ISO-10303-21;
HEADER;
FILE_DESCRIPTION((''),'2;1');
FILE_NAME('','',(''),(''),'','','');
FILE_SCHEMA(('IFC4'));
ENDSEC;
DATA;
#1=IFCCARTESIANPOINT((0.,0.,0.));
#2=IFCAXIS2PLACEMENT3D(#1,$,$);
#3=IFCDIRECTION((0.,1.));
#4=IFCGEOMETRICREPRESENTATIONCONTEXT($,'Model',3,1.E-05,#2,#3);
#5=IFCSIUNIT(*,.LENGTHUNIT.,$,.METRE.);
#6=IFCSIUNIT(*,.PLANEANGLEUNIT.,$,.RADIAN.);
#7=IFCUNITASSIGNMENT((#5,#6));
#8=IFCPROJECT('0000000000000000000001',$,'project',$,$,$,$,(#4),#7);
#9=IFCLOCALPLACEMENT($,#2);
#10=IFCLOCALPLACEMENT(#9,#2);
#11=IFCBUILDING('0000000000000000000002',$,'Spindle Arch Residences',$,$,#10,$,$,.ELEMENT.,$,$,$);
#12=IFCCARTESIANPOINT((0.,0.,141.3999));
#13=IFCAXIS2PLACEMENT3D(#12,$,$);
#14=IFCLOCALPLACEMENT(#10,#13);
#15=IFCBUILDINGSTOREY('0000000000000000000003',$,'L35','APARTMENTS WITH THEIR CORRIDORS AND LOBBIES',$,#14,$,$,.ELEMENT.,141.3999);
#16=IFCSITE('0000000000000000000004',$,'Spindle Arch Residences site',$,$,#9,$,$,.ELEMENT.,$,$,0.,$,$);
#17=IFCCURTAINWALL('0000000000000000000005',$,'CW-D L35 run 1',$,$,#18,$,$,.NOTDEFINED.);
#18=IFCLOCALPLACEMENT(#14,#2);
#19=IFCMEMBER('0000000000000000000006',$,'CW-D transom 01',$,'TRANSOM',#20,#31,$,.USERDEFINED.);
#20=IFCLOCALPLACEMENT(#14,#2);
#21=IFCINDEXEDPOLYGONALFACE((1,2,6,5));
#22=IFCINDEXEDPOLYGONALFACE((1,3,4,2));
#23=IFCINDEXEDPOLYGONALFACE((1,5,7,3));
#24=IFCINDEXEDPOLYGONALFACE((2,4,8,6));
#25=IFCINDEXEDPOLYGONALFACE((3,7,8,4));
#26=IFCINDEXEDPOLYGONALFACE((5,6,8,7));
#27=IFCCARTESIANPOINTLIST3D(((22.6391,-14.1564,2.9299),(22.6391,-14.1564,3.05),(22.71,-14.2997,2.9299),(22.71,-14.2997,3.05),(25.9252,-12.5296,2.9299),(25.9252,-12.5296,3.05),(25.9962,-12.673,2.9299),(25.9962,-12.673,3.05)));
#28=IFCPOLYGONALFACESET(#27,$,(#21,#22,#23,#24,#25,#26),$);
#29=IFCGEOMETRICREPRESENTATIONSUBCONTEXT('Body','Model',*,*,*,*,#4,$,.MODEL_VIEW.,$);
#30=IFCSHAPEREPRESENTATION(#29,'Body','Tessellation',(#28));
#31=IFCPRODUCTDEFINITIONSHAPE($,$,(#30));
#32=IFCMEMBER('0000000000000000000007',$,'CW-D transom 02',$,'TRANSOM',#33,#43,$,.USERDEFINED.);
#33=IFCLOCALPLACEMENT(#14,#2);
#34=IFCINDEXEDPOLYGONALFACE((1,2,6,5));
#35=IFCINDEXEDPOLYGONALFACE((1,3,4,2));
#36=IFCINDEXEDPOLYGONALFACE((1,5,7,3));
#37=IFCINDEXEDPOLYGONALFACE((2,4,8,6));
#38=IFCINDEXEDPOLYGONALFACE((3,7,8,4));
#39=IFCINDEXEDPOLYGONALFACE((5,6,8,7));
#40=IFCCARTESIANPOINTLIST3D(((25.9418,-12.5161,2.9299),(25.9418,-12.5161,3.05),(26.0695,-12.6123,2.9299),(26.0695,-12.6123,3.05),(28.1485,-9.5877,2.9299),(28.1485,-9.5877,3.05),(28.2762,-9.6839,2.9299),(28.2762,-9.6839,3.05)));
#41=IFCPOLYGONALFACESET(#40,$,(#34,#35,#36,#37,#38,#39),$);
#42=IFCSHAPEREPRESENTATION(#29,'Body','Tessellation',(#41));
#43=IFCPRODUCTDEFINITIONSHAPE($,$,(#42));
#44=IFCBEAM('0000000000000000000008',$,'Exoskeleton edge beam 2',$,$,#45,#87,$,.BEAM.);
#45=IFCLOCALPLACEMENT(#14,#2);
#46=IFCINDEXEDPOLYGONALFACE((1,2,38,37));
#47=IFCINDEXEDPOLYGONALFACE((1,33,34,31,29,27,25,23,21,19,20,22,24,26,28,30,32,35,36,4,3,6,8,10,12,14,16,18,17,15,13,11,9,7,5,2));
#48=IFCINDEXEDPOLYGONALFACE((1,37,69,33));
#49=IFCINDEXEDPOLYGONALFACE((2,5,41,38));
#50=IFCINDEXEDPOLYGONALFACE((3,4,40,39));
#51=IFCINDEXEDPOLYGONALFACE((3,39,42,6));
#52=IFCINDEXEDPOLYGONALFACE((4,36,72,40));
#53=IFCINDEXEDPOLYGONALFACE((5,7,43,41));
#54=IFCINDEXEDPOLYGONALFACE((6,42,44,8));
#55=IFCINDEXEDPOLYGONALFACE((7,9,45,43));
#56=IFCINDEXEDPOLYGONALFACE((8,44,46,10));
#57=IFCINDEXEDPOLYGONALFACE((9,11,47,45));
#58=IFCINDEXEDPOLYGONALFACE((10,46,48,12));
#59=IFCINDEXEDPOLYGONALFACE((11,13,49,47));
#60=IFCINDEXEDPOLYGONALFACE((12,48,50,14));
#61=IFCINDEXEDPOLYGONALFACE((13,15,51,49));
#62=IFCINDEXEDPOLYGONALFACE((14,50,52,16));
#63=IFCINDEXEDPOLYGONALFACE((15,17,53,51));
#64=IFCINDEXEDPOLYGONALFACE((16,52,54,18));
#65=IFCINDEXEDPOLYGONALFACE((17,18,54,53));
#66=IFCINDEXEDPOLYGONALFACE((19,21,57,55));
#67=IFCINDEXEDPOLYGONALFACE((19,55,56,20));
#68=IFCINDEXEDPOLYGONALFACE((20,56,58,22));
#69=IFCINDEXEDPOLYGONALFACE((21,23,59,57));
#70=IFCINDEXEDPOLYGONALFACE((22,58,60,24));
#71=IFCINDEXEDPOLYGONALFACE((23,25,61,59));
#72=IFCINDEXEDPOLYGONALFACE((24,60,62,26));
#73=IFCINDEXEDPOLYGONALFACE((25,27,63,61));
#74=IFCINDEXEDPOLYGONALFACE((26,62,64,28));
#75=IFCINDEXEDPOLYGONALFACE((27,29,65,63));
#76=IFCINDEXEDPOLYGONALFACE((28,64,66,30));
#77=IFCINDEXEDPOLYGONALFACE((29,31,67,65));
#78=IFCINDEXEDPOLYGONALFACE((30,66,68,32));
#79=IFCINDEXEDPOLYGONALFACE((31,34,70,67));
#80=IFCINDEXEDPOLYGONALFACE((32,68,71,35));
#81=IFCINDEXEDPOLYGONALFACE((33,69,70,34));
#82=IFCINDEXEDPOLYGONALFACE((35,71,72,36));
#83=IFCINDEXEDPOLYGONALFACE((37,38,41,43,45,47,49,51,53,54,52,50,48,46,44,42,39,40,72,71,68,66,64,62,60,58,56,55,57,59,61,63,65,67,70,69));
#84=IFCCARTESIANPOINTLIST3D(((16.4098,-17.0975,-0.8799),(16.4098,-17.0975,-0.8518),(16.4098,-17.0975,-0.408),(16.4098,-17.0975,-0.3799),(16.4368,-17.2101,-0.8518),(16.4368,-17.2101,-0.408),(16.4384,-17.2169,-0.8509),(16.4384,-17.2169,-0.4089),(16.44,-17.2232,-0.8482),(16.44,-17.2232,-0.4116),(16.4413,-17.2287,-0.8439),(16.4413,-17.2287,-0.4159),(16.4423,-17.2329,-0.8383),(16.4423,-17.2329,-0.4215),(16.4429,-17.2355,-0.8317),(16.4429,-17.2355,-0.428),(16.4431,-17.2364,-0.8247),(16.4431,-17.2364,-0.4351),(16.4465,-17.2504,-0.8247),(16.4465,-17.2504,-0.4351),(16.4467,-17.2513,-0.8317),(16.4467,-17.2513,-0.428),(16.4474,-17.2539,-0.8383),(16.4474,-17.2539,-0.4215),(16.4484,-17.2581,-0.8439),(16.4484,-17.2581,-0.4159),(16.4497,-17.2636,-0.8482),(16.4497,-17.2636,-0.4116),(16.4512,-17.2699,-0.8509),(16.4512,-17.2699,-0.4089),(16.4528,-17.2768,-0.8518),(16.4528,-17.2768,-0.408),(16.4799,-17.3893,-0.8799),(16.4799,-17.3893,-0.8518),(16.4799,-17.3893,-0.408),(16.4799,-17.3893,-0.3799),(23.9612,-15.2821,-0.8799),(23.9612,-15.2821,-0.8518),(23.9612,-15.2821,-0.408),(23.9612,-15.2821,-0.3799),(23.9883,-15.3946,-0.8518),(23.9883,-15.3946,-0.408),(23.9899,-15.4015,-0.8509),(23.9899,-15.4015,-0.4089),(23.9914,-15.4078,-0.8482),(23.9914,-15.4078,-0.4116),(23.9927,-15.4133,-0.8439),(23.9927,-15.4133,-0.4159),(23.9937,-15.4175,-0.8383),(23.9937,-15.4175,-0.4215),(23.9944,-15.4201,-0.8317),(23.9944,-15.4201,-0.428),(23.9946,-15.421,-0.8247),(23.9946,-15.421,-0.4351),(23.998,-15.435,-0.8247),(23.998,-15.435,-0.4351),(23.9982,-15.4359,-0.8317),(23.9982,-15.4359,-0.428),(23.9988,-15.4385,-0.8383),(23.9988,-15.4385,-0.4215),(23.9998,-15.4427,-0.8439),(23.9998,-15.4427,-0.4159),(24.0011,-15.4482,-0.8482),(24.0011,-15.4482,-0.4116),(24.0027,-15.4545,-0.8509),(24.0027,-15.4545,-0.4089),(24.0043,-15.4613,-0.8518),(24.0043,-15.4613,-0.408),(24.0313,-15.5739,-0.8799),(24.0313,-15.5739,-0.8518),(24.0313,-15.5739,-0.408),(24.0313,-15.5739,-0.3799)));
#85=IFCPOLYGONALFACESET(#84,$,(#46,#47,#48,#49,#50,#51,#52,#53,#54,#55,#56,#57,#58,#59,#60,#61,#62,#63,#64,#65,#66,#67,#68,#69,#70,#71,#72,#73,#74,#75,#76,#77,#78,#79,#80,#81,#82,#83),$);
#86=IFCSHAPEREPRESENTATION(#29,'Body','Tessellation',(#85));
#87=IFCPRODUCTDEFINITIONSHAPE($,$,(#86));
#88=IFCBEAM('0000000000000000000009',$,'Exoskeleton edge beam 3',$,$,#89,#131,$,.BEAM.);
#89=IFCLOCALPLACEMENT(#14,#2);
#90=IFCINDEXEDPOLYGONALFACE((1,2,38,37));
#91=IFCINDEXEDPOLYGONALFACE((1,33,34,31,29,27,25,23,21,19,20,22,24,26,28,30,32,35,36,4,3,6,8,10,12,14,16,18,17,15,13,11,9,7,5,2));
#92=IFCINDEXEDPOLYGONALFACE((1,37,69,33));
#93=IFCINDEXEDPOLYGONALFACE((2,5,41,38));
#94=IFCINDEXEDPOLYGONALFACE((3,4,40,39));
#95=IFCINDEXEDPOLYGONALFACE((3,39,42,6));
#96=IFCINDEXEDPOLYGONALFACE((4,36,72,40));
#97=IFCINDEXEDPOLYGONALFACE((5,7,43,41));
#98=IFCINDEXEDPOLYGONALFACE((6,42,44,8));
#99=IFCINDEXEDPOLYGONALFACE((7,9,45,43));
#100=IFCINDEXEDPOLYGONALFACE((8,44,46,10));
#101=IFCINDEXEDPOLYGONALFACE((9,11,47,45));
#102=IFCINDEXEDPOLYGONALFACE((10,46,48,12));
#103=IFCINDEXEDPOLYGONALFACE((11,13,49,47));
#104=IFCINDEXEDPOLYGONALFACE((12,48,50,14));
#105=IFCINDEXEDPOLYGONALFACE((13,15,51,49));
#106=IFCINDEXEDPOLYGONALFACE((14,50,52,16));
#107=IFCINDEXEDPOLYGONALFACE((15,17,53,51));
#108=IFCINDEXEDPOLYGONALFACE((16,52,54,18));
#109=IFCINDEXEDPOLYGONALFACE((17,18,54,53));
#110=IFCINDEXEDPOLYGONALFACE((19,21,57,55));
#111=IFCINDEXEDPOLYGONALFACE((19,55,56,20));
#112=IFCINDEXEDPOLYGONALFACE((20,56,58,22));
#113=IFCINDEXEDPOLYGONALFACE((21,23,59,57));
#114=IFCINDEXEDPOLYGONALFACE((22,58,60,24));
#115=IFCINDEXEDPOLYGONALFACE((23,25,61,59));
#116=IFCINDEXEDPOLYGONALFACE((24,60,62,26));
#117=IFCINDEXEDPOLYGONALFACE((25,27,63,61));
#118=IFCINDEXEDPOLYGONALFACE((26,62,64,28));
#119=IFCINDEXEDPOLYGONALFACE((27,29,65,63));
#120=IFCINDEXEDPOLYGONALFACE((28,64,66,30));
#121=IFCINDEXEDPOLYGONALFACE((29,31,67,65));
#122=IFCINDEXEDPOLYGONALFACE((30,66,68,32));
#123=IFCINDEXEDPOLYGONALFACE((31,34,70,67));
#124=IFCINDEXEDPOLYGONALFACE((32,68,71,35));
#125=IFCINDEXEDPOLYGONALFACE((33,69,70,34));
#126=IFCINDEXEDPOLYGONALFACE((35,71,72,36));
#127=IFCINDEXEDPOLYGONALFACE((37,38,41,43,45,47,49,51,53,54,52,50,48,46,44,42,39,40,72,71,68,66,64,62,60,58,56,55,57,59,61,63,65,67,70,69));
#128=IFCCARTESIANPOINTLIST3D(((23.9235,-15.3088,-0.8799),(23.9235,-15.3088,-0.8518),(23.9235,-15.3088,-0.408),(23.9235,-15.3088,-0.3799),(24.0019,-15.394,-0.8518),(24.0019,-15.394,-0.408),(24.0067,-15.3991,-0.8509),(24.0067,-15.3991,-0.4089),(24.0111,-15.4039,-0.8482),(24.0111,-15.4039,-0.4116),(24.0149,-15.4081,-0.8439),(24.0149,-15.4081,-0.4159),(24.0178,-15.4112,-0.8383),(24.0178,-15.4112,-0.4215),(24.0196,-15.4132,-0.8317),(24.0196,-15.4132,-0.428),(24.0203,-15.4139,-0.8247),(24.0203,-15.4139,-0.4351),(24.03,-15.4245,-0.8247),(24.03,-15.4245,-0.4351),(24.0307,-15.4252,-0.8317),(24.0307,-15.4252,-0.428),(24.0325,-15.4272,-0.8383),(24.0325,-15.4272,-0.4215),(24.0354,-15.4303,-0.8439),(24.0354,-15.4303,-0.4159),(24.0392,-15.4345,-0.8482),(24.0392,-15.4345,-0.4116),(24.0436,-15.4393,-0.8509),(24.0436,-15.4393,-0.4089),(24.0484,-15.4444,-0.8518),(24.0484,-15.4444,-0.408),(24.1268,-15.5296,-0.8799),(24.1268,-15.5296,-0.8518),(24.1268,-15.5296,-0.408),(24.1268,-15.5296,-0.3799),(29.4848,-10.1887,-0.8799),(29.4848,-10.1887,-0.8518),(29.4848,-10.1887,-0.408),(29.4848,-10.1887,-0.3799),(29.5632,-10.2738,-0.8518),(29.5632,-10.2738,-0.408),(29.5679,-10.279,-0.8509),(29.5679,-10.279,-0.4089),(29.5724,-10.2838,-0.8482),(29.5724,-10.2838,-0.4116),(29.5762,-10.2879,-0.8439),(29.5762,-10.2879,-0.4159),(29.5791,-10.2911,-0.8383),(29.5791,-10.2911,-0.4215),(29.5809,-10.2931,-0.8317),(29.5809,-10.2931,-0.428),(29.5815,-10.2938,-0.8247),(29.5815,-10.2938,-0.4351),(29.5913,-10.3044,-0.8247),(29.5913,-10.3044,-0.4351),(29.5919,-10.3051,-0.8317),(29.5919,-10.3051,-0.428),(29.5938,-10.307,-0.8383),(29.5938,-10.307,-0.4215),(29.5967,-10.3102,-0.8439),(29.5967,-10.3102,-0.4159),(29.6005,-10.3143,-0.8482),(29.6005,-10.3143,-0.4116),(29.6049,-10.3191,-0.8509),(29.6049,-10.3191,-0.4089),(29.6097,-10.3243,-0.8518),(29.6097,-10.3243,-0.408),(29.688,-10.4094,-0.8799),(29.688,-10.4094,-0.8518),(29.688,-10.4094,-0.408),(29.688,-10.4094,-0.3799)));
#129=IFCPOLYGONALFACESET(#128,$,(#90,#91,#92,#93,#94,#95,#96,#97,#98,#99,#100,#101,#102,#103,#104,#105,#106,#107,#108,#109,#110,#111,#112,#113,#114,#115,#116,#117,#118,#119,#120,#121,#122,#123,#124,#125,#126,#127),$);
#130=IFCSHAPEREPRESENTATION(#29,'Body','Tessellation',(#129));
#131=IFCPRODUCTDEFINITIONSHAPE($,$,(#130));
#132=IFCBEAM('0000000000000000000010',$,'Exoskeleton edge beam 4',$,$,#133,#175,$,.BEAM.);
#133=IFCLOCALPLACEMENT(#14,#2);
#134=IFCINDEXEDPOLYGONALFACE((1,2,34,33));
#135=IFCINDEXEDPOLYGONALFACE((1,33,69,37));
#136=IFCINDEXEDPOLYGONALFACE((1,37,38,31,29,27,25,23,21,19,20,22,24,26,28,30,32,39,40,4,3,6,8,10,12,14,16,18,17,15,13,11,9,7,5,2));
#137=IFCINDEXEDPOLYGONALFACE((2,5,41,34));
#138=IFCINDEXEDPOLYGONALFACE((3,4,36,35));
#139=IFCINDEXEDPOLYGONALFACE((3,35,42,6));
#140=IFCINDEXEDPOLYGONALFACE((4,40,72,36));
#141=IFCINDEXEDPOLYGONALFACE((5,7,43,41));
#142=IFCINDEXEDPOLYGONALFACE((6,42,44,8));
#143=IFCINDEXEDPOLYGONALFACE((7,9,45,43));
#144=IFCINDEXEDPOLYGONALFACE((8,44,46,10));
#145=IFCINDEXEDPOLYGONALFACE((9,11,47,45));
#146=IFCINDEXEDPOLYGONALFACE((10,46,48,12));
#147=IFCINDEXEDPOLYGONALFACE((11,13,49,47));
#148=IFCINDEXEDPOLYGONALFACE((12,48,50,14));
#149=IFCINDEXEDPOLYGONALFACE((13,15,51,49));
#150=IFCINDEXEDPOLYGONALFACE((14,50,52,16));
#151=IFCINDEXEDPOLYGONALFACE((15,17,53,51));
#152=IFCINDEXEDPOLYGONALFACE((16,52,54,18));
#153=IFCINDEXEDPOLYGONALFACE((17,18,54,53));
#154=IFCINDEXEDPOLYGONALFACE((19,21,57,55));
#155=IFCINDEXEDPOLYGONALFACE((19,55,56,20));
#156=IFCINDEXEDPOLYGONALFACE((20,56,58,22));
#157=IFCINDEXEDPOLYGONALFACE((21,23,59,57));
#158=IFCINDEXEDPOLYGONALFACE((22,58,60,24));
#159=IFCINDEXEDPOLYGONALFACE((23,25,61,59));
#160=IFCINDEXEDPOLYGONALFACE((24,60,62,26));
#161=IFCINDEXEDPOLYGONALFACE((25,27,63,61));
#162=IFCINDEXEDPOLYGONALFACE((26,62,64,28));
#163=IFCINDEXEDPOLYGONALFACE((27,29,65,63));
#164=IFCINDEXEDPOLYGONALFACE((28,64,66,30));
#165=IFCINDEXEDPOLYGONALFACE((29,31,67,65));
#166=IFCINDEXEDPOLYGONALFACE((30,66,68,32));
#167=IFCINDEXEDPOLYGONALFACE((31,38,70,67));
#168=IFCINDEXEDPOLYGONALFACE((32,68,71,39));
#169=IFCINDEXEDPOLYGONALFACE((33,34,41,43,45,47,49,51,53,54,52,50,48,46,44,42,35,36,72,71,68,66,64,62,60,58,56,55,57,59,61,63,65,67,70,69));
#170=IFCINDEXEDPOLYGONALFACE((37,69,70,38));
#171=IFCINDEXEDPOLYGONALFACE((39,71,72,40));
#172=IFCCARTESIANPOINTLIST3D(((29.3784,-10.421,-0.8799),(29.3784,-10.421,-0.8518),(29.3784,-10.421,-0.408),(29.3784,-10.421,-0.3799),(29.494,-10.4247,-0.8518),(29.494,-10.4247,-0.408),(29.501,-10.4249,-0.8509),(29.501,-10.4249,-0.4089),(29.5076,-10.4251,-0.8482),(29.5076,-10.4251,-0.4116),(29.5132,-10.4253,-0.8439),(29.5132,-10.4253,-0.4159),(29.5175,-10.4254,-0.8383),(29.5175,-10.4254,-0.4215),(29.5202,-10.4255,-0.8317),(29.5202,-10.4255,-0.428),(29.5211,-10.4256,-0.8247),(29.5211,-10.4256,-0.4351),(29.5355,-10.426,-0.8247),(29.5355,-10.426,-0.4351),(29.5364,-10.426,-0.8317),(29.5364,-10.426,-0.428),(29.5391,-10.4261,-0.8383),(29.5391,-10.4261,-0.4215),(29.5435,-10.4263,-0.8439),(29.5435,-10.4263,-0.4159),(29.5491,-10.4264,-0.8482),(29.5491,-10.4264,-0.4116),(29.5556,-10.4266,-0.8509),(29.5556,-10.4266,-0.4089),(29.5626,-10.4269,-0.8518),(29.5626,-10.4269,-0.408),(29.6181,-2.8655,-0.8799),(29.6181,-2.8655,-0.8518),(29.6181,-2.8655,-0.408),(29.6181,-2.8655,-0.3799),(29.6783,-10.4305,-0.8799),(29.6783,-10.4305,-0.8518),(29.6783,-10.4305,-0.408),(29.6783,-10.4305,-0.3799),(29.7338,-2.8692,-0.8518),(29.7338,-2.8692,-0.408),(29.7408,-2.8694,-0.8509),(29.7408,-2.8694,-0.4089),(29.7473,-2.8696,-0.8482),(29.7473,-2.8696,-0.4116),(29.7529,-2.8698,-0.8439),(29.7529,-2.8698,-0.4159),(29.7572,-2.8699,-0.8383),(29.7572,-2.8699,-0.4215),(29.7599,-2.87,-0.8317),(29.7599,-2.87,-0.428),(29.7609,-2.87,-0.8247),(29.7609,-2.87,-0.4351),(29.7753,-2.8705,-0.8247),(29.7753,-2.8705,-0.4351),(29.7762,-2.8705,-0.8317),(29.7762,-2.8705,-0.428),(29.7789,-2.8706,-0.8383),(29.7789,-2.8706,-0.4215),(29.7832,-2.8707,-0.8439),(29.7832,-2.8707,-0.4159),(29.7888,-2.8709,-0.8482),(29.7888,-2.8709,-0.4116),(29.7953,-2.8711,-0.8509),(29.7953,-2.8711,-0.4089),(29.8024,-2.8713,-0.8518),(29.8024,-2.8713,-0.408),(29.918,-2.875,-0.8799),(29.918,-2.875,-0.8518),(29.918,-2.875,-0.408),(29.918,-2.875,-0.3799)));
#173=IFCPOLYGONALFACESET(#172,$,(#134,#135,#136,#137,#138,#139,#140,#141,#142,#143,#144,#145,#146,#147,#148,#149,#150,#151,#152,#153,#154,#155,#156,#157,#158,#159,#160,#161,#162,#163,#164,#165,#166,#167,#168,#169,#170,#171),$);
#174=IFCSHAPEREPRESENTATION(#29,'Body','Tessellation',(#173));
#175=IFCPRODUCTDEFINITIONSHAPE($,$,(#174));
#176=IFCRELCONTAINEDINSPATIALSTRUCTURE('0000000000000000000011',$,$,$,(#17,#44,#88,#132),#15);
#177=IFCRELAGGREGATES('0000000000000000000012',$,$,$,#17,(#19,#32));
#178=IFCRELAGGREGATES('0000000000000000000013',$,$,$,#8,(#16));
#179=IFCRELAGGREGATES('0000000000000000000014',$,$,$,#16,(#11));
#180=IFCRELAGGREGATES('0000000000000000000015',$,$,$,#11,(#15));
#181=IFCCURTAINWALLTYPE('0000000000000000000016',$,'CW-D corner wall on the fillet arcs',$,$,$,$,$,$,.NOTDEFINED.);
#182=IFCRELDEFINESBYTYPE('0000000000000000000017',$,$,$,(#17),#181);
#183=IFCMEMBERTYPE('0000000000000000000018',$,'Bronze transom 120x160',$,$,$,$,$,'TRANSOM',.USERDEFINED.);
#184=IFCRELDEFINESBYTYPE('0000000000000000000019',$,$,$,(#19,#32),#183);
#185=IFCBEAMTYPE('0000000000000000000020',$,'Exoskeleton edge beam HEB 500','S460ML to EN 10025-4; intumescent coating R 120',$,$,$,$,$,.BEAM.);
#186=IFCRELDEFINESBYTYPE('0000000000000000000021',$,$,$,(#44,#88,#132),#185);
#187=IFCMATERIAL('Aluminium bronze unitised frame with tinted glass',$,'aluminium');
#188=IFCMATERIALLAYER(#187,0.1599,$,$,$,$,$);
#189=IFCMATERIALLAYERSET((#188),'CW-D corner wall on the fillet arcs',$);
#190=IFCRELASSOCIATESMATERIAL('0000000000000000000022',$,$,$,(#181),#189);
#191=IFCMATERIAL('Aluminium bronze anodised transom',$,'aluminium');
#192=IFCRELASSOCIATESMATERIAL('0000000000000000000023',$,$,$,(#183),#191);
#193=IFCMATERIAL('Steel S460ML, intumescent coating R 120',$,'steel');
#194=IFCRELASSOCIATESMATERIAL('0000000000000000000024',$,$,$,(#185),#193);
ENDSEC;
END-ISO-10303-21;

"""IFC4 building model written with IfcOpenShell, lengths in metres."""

from ifc_helpers import new_model, si_unit, direction, frame, origin, origin_2d, place, context, subcontext, project, spatial, rectangle, i_section, extrude, material, layer, layer_set, material_profile, profile_set, type_object, element, aggregate, save


model = new_model("IFC4")

# Units and contexts
model_context = context("Model", 3, precision=1e-05, world=origin(), true_north=direction((0.0, 1.0)))
body_context = subcontext(model_context, "Body", "Model", "MODEL_VIEW")
ifc_project = project(units=[si_unit("LENGTHUNIT", "METRE"), si_unit("PLANEANGLEUNIT", "RADIAN")], contexts=[model_context])

# Site, building, storey
site_placement = place(None, origin())
site = spatial("IfcSite", under=ifc_project, at=site_placement, Name="Spindle Arch Residences site", CompositionType="ELEMENT", RefElevation=0.0)
building_placement = place(site_placement, origin())
building = spatial("IfcBuilding", under=site, at=building_placement, Name="Spindle Arch Residences", CompositionType="ELEMENT")
storey_placement = place(building_placement, frame((0.0, 0.0, 141.3999)))
storey = spatial("IfcBuildingStorey", under=building, at=storey_placement, Name="L35", Description="APARTMENTS WITH THEIR CORRIDORS AND LOBBIES", CompositionType="ELEMENT", Elevation=141.3999)

# Curtain wall, members
ifc_material_1 = material(Name="Aluminium bronze unitised frame with tinted glass", Category="aluminium")
ifc_layer_1 = layer(ifc_material_1, 0.1599)
ifc_layer_set_1 = layer_set([ifc_layer_1], Name="CW-D corner wall on the fillet arcs")
curtain_wall_type = type_object("IfcCurtainWallType", Name="CW-D corner wall on the fillet arcs", PredefinedType="NOTDEFINED", material=ifc_layer_set_1)
curtain_wall_placement = place(storey_placement, origin())
curtain_wall = element("IfcCurtainWall", 1, at=curtain_wall_placement, inside=storey, type_object=curtain_wall_type, Name="CW-D L35 run 1", PredefinedType="NOTDEFINED")
ifc_material_2 = material(Name="Aluminium bronze anodised transom", Category="aluminium")
ifc_material_profile_1 = material_profile(ifc_material_2, rectangle(XDim=0.1599, YDim=0.1201, at=origin_2d()), Name="TR 120x160")
ifc_profile_set_1 = profile_set([ifc_material_profile_1], Name="Aluminium bronze anodised transom")
member_type_1 = type_object("IfcMemberType", Name="Bronze transom 120x160", ElementType="TRANSOM", PredefinedType="USERDEFINED", material=ifc_profile_set_1)
member_1_placement = place(storey_placement, frame((22.6746, -14.228, 2.99), z_axis=(0.896204, 0.443641, 0.0), x_axis=(-0.443641, 0.896204, 0.0)))
member_1 = element("IfcMember", 2, at=member_1_placement, type_object=member_type_1, Name="CW-D transom 01", ObjectType="TRANSOM", PredefinedType="USERDEFINED", context=body_context, shape_type="SweptSolid", body=[
    extrude(rectangle(XDim=0.1599, YDim=0.1201, at=origin_2d()), origin(), (0.0, 0.0, 1.0), 3.6667),
])
member_2_placement = place(storey_placement, frame((26.0056, -12.5642, 2.99), z_axis=(0.60182, 0.798632, 0.0), x_axis=(-0.798632, 0.60182, 0.0)))
member_2 = element("IfcMember", 3, at=member_2_placement, type_object=member_type_1, Name="CW-D transom 02", ObjectType="TRANSOM", PredefinedType="USERDEFINED", context=body_context, shape_type="SweptSolid", body=[
    extrude(rectangle(XDim=0.1599, YDim=0.1201, at=origin_2d()), origin(), (0.0, 0.0, 1.0), 3.6667),
])

# Beams
ifc_material_3 = material(Name="Steel S460ML, intumescent coating R 120", Category="steel")
ifc_material_profile_2 = material_profile(ifc_material_3, i_section(OverallWidth=0.3, OverallDepth=0.5, WebThickness=0.0144, FlangeThickness=0.0281, FilletRadius=0.0271, at=origin_2d()), Name="HEB 500")
ifc_profile_set_2 = profile_set([ifc_material_profile_2], Name="Steel S460ML, intumescent coating R 120")
beam_type_1 = type_object("IfcBeamType", Name="Exoskeleton edge beam HEB 500", Description="S460ML to EN 10025-4; intumescent coating R 120", PredefinedType="BEAM", material=ifc_profile_set_2)
beam_1_placement = place(storey_placement, frame((16.4448, -17.2434, -0.6299), z_axis=(0.972298, 0.233746, 0.0), x_axis=(-0.233746, 0.972298, 0.0)))
element("IfcBeam", 4, at=beam_1_placement, inside=storey, type_object=beam_type_1, Name="Exoskeleton edge beam 2", PredefinedType="BEAM", context=body_context, shape_type="SweptSolid", body=[
    extrude(i_section(OverallWidth=0.3, OverallDepth=0.5, WebThickness=0.0144, FlangeThickness=0.0281, FilletRadius=0.0271, at=origin_2d()), origin(), (0.0, 0.0, 1.0), 7.7666),
])
for number, where, z_axis, x_axis, name in (
    (5, (24.0251, -15.4192, -0.6299), (0.735684, 0.677324, 0.0), (-0.677324, 0.735684, 0.0), "Exoskeleton edge beam 3"),
    (6, (29.5283, -10.4258, -0.6299), (0.031716, 0.999497, 0.0), (-0.999497, 0.031716, 0.0), "Exoskeleton edge beam 4"),
):
    element("IfcBeam", number, at=place(storey_placement, frame(where, z_axis=z_axis, x_axis=x_axis)), inside=storey, type_object=beam_type_1, Name=name, PredefinedType="BEAM", context=body_context, shape_type="SweptSolid", body=[
        extrude(i_section(OverallWidth=0.3, OverallDepth=0.5, WebThickness=0.0144, FlangeThickness=0.0281, FilletRadius=0.0271, at=origin_2d()), origin(), (0.0, 0.0, 1.0), 7.5593),
    ])

aggregate(curtain_wall, [member_1, member_2])

save(model, "model.ifc")
